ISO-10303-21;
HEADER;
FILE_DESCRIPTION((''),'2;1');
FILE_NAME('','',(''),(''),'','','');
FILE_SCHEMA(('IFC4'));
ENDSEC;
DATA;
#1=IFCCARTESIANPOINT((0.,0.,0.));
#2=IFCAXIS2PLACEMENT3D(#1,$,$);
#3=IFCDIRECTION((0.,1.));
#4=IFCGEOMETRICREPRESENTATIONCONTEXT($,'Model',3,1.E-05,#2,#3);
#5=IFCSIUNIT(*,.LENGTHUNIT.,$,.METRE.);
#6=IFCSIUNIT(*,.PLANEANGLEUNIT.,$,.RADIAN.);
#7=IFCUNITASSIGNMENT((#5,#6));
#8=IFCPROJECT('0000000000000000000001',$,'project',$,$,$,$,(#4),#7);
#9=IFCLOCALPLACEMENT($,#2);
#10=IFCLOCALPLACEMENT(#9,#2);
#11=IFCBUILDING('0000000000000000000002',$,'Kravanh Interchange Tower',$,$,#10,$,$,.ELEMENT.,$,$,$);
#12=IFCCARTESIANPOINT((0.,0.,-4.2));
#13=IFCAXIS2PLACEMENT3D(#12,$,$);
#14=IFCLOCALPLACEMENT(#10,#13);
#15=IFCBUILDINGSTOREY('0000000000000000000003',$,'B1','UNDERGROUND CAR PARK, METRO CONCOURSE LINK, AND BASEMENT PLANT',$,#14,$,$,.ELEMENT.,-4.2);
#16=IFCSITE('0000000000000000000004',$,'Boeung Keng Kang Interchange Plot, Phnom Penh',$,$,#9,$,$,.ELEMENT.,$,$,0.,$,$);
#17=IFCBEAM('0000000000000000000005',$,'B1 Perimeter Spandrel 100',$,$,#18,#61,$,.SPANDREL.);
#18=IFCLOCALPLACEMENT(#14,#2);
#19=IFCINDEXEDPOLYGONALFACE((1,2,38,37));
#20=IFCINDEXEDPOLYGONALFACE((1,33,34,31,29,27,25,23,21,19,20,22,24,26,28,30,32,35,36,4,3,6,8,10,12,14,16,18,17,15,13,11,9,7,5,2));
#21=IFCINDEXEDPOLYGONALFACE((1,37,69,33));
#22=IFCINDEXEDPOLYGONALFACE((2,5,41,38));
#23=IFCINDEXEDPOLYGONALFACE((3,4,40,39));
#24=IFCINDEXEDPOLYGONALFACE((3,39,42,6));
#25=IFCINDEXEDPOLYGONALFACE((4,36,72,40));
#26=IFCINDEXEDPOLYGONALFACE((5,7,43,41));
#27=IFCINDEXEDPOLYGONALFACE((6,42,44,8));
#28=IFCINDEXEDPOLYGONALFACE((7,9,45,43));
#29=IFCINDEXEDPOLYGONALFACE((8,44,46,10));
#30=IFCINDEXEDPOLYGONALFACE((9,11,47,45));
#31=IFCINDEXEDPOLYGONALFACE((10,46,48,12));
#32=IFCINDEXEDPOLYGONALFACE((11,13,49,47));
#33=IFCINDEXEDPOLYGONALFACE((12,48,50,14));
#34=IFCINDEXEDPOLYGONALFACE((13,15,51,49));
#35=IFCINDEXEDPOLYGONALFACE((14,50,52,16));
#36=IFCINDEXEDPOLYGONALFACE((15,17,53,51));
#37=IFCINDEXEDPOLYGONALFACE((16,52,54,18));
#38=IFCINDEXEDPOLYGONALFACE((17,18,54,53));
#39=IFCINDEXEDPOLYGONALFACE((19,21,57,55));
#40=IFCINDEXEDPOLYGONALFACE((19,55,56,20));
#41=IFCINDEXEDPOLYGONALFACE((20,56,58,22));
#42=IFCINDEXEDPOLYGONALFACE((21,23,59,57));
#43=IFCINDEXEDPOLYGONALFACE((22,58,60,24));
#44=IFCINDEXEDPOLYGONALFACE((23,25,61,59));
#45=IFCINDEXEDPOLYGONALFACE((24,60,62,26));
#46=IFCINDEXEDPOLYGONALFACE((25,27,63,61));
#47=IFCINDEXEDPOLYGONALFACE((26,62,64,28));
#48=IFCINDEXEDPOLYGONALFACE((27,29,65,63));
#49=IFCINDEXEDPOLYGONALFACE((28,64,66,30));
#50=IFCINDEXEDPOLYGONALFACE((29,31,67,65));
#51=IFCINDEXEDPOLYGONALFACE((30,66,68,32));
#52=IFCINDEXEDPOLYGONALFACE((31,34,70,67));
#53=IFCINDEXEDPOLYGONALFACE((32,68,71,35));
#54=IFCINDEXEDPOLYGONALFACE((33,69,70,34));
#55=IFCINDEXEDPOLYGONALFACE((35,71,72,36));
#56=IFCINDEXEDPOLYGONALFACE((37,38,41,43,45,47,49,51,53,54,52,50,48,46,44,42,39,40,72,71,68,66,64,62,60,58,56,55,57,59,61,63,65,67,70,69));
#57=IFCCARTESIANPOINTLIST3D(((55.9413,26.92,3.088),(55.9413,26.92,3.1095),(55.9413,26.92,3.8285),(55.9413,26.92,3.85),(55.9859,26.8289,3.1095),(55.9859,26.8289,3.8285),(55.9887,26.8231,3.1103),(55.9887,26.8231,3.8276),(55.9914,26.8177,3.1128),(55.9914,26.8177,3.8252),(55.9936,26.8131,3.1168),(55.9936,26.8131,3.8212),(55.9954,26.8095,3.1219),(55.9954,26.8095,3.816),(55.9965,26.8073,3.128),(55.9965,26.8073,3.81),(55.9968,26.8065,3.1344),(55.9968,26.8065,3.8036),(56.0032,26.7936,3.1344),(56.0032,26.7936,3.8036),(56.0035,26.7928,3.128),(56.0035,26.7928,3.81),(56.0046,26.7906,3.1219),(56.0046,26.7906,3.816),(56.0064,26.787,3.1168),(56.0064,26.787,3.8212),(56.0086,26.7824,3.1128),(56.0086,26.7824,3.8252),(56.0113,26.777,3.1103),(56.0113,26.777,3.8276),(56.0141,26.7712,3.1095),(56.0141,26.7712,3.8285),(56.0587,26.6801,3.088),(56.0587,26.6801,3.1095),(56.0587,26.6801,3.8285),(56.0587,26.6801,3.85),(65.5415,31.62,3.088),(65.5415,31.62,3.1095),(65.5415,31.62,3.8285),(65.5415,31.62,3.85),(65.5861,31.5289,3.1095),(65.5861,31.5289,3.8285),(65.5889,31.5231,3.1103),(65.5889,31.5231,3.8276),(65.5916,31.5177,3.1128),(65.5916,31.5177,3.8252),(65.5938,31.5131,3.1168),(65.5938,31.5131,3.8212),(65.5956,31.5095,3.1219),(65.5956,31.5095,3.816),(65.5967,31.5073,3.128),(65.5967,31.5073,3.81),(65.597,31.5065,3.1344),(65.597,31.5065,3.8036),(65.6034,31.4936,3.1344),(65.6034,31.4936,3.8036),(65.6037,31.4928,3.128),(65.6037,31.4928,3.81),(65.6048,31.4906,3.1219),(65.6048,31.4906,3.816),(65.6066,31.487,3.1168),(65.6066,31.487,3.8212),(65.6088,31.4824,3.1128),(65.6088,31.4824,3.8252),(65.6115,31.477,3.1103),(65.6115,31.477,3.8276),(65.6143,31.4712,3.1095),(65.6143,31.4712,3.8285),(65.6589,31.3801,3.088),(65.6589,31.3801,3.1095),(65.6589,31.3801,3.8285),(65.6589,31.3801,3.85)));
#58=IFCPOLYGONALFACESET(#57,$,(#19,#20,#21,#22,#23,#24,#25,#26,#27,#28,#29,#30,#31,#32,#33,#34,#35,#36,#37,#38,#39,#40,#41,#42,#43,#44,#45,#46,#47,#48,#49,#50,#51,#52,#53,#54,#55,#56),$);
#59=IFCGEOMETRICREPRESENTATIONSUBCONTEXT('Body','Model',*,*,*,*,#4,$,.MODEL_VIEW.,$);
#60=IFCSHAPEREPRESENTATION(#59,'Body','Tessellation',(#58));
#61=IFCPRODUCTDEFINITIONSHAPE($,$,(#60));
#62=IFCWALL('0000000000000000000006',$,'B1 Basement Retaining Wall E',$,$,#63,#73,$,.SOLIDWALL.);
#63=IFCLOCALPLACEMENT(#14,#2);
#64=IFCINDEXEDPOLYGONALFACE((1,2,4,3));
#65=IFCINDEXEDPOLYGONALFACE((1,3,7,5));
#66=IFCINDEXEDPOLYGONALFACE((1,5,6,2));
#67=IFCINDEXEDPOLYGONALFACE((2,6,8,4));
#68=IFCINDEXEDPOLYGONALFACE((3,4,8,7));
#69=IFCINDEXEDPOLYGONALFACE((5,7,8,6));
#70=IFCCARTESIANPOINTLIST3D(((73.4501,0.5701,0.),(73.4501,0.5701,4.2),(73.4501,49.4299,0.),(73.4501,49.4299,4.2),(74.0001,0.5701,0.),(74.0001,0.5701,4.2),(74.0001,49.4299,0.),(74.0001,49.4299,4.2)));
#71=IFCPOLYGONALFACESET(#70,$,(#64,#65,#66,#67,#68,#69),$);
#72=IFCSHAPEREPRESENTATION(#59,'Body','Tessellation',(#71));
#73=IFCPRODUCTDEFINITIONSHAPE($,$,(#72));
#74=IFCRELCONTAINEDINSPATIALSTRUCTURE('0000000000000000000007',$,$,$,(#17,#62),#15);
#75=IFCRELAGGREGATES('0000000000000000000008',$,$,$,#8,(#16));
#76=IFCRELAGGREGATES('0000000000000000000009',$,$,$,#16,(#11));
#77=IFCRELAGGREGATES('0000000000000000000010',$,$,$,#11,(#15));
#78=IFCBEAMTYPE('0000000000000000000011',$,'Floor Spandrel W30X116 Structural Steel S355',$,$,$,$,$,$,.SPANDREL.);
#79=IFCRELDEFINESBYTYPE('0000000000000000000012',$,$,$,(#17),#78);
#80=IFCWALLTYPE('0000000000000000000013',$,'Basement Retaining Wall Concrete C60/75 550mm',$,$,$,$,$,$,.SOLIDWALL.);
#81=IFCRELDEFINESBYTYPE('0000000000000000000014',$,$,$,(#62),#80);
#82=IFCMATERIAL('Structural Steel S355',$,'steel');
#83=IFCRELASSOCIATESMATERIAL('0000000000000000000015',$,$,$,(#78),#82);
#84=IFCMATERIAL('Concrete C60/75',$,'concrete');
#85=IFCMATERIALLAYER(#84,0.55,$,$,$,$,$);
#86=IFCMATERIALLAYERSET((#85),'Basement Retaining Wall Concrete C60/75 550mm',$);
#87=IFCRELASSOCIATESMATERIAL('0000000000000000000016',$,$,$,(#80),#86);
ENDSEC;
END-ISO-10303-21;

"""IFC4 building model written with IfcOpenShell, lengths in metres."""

from ifc_helpers import new_model, si_unit, direction, frame, frame_2d, origin, origin_2d, place, context, subcontext, project, spatial, rectangle, i_section, extrude, material, layer, layer_set, material_profile, profile_set, type_object, element, save


model = new_model("IFC4")

# Units and contexts
model_context = context("Model", 3, precision=1e-05, world=origin(), true_north=direction((0.0, 1.0)))
body_context = subcontext(model_context, "Body", "Model", "MODEL_VIEW")
ifc_project = project(units=[si_unit("LENGTHUNIT", "METRE"), si_unit("PLANEANGLEUNIT", "RADIAN")], contexts=[model_context])

# Site, building, storey
site_placement = place(None, origin())
site = spatial("IfcSite", under=ifc_project, at=site_placement, Name="Boeung Keng Kang Interchange Plot, Phnom Penh", CompositionType="ELEMENT", RefElevation=0.0)
building_placement = place(site_placement, origin())
building = spatial("IfcBuilding", under=site, at=building_placement, Name="Kravanh Interchange Tower", CompositionType="ELEMENT")
storey_placement = place(building_placement, frame((0.0, 0.0, -4.2)))
storey = spatial("IfcBuildingStorey", under=building, at=storey_placement, Name="B1", Description="UNDERGROUND CAR PARK, METRO CONCOURSE LINK, AND BASEMENT PLANT", CompositionType="ELEMENT", Elevation=-4.2)

# Beam
ifc_material_1 = material(Name="Structural Steel S355", Category="steel")
ifc_material_profile_1 = material_profile(ifc_material_1, i_section(OverallWidth=0.2671, OverallDepth=0.762, WebThickness=0.0144, FlangeThickness=0.0215, FilletRadius=0.0249, at=origin_2d()), Name="W30X116")
ifc_profile_set_1 = profile_set([ifc_material_profile_1], Name="Structural Steel S355")
beam_type_1 = type_object("IfcBeamType", Name="Floor Spandrel W30X116 Structural Steel S355", PredefinedType="SPANDREL", material=ifc_profile_set_1)
beam_1_placement = place(storey_placement, frame((56.0, 26.8, 3.469), z_axis=(0.898142, 0.439706, 0.0), x_axis=(-0.439706, 0.898142, 0.0)))
element("IfcBeam", 1, at=beam_1_placement, inside=storey, type_object=beam_type_1, Name="B1 Perimeter Spandrel 100", PredefinedType="SPANDREL", context=body_context, shape_type="SweptSolid", body=[
    extrude(i_section(OverallWidth=0.2671, OverallDepth=0.762, WebThickness=0.0144, FlangeThickness=0.0215, FilletRadius=0.0249, at=origin_2d()), origin(), (0.0, 0.0, 1.0), 10.689),
])

# Wall
ifc_material_2 = material(Name="Concrete C60/75", Category="concrete")
ifc_layer_1 = layer(ifc_material_2, 0.55)
ifc_layer_set_1 = layer_set([ifc_layer_1], Name="Basement Retaining Wall Concrete C60/75 550mm")
wall_type = type_object("IfcWallType", Name="Basement Retaining Wall Concrete C60/75 550mm", PredefinedType="SOLIDWALL", material=ifc_layer_set_1)
wall_placement = place(storey_placement, frame((73.7251, 0.5701, 0.0), z_axis=(0.0, 0.0, 1.0), x_axis=(0.0, 1.0, 0.0)))
element("IfcWall", 2, at=wall_placement, inside=storey, type_object=wall_type, Name="B1 Basement Retaining Wall E", PredefinedType="SOLIDWALL", context=body_context, shape_type="SweptSolid", body=[
    extrude(rectangle(XDim=48.8599, YDim=0.55, at=frame_2d((24.4299, 0.0))), origin(), (0.0, 0.0, 1.0), 4.2),
])

save(model, "model.ifc")
